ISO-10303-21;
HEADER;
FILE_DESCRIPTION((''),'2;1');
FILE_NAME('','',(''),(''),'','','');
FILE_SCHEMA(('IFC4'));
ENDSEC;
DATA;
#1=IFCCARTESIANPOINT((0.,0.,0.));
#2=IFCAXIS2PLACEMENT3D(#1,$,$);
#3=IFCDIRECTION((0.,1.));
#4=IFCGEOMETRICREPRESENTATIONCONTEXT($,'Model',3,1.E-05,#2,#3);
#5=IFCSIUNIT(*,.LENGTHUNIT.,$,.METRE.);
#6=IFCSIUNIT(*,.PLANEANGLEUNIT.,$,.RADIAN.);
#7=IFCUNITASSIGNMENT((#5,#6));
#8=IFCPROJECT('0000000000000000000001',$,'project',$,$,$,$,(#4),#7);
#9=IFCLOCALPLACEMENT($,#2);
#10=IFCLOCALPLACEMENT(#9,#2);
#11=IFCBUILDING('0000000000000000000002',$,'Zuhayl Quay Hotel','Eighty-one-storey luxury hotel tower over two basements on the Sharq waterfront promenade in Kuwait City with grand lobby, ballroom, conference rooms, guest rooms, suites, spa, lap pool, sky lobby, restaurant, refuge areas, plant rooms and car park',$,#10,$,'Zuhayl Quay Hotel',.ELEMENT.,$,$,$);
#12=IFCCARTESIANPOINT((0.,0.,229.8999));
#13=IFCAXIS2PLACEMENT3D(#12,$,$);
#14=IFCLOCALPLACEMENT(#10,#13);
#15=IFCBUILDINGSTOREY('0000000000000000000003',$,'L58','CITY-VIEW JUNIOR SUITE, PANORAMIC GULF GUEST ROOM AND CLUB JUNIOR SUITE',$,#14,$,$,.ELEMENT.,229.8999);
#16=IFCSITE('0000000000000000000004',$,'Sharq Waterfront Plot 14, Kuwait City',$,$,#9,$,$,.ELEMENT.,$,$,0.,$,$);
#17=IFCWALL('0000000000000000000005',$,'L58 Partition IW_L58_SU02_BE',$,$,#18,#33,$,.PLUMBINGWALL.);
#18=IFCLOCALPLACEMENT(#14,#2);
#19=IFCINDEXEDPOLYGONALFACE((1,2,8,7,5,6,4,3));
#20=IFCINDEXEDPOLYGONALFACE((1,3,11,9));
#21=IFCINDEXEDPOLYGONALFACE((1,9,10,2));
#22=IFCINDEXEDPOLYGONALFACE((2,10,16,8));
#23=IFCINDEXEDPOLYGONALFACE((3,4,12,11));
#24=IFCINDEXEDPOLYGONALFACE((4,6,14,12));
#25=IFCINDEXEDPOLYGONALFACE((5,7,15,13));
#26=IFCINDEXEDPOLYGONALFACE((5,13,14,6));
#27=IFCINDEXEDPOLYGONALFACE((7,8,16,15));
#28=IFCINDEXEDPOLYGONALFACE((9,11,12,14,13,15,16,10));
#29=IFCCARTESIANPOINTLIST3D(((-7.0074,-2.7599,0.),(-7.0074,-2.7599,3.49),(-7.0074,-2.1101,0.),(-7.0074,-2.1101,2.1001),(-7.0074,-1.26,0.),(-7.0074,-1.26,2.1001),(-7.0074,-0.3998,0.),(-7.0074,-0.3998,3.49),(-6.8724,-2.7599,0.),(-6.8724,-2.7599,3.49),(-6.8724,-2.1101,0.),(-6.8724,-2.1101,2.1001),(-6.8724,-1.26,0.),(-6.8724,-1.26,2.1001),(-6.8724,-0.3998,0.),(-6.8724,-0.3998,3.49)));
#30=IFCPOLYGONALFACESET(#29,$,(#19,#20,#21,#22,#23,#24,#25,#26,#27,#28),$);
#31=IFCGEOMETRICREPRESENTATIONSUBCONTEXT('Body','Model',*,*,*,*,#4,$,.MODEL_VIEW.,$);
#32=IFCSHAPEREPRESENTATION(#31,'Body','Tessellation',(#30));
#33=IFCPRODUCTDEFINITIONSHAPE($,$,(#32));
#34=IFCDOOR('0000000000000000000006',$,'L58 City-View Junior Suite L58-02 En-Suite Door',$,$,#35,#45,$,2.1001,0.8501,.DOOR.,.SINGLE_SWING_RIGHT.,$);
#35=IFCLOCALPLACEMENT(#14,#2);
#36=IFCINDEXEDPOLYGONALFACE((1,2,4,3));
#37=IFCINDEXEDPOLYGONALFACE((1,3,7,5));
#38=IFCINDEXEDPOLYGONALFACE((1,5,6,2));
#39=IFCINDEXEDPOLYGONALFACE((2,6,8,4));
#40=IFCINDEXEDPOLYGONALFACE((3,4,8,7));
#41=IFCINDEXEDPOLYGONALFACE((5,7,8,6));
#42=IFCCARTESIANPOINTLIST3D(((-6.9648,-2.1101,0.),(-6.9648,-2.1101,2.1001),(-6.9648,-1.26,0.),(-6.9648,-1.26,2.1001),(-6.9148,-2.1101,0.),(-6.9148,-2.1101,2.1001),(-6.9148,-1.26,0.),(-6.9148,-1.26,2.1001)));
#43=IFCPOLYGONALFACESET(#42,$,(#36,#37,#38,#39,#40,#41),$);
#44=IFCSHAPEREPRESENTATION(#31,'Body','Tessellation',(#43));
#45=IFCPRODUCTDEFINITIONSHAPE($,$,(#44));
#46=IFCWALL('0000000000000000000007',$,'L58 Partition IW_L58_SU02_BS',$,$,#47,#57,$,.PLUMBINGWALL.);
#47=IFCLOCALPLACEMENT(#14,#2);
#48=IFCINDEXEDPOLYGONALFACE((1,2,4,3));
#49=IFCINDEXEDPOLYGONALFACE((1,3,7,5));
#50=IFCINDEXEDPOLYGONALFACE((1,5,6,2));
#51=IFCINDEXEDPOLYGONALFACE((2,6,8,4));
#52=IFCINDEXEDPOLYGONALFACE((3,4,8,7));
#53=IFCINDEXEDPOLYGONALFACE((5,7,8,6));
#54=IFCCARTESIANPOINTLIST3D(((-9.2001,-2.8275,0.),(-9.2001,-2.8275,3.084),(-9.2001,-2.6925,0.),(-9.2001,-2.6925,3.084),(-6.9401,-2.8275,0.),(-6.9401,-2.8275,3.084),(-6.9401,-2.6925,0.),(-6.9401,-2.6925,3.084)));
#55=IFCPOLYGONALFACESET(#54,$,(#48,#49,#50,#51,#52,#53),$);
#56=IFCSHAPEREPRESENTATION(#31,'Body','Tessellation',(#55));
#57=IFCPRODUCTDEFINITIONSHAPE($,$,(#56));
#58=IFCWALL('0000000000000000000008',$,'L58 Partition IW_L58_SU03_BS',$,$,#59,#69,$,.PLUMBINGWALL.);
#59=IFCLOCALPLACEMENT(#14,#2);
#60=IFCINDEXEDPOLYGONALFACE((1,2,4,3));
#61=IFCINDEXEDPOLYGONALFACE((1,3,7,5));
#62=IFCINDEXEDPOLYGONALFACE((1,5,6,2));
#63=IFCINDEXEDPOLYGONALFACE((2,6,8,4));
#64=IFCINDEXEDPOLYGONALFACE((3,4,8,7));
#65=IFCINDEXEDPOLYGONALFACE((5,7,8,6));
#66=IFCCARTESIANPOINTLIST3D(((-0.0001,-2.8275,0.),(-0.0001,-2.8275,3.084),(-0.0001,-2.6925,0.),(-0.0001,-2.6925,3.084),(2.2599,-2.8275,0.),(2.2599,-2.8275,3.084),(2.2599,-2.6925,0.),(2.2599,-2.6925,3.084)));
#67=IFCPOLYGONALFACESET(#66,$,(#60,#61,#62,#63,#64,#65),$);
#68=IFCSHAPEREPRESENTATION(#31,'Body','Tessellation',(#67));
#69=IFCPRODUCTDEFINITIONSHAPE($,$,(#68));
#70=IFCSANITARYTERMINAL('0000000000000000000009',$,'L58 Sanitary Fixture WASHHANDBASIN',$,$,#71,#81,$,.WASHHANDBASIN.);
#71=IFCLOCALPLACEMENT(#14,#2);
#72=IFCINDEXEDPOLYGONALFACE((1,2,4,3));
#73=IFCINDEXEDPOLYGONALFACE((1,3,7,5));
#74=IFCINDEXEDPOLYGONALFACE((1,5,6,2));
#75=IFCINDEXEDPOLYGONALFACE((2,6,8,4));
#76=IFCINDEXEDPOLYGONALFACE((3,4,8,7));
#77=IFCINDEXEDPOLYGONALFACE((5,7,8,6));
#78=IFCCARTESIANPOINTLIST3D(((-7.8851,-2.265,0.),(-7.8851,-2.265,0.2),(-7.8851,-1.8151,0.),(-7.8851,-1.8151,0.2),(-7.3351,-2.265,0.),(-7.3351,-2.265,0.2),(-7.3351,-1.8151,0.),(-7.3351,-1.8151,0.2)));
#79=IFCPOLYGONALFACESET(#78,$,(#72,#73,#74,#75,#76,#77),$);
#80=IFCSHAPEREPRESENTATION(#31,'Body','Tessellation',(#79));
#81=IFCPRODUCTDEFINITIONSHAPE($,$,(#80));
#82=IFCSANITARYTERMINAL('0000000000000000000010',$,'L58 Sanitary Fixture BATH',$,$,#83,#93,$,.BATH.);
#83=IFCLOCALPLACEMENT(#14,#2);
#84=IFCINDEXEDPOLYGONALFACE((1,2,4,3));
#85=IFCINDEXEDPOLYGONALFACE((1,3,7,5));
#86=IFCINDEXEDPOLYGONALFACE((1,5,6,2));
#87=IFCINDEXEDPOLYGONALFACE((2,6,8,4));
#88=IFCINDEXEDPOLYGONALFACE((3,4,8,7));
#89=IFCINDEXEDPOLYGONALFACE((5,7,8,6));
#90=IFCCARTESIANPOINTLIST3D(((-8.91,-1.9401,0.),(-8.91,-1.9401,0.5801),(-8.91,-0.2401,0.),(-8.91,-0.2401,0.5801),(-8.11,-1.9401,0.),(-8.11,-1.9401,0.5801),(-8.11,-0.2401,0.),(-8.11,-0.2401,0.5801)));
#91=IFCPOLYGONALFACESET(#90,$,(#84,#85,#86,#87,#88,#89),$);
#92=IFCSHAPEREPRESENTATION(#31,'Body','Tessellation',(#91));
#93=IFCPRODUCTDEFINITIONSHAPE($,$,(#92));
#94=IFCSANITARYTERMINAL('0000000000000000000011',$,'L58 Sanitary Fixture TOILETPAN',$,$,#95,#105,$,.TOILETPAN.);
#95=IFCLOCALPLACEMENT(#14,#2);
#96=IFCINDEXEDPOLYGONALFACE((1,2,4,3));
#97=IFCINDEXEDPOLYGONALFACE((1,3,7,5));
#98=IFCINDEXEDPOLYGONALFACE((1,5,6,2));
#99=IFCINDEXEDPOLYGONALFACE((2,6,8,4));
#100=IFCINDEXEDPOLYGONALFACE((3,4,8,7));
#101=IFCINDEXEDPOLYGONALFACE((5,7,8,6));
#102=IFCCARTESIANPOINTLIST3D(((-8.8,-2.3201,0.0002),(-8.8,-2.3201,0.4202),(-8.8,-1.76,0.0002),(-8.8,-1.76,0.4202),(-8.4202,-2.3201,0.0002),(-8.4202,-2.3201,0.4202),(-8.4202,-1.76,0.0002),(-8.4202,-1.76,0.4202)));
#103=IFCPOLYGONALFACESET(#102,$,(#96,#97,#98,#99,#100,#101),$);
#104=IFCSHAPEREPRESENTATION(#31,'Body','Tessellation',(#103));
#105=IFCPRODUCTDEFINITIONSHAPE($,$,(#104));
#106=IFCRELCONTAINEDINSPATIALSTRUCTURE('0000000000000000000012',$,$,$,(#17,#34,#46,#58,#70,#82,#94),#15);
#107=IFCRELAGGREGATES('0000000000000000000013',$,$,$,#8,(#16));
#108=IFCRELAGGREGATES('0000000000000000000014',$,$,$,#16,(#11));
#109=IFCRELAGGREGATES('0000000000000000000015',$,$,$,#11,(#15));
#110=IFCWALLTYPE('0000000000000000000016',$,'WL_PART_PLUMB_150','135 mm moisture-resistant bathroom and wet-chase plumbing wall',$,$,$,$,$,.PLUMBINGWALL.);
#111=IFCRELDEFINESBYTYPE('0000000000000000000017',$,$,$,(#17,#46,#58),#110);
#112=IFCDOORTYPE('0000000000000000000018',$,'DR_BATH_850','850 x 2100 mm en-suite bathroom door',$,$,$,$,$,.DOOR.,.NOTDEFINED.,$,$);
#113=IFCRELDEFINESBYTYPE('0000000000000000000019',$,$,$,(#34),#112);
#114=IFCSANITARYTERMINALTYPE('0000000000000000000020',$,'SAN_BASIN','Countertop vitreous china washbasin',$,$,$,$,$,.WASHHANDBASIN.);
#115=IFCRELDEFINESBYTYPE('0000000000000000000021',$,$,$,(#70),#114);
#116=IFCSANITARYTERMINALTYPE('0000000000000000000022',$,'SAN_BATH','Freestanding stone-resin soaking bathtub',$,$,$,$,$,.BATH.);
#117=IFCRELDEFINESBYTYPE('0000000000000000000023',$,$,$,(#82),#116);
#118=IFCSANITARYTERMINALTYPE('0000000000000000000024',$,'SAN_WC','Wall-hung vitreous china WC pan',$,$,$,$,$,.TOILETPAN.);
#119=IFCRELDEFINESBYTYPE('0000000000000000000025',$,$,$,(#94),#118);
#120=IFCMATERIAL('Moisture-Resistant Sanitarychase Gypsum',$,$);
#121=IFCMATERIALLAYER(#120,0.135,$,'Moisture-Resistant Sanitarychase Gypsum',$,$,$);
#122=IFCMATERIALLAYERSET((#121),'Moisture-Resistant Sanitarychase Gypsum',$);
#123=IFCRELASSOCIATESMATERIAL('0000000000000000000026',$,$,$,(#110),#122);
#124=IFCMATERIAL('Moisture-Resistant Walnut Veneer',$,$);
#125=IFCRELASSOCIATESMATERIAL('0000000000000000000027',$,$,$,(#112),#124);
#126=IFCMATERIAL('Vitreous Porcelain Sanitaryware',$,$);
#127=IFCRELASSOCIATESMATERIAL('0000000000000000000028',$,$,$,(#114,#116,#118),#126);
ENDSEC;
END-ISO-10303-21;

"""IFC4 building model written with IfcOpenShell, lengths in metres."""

from ifc_helpers import new_model, si_unit, direction, frame, frame_2d, origin, origin_2d, place, context, subcontext, project, spatial, rectangle, extrude, material, layer, layer_set, type_object, element, fill, save


model = new_model("IFC4")

# Units and contexts
model_context = context("Model", 3, precision=1e-05, world=origin(), true_north=direction((0.0, 1.0)))
body_context = subcontext(model_context, "Body", "Model", "MODEL_VIEW")
ifc_project = project(units=[si_unit("LENGTHUNIT", "METRE"), si_unit("PLANEANGLEUNIT", "RADIAN")], contexts=[model_context])

# Site, building, storey
site_placement = place(None, origin())
site = spatial("IfcSite", under=ifc_project, at=site_placement, Name="Sharq Waterfront Plot 14, Kuwait City", CompositionType="ELEMENT", RefElevation=0.0)
building_placement = place(site_placement, origin())
building = spatial("IfcBuilding", under=site, at=building_placement, Name="Zuhayl Quay Hotel", Description="Eighty-one-storey luxury hotel tower over two basements on the Sharq waterfront promenade in Kuwait City with grand lobby, ballroom, conference rooms, guest rooms, suites, spa, lap pool, sky lobby, restaurant, refuge areas, plant rooms and car park", LongName="Zuhayl Quay Hotel", CompositionType="ELEMENT")
storey_placement = place(building_placement, frame((0.0, 0.0, 229.8999)))
storey = spatial("IfcBuildingStorey", under=building, at=storey_placement, Name="L58", Description="CITY-VIEW JUNIOR SUITE, PANORAMIC GULF GUEST ROOM AND CLUB JUNIOR SUITE", CompositionType="ELEMENT", Elevation=229.8999)

# Wall, opening, door
ifc_material_1 = material(Name="Moisture-Resistant Sanitarychase Gypsum")
ifc_layer_1 = layer(ifc_material_1, 0.135, Name="Moisture-Resistant Sanitarychase Gypsum")
ifc_layer_set_1 = layer_set([ifc_layer_1], Name="Moisture-Resistant Sanitarychase Gypsum")
wall_type_1 = type_object("IfcWallType", Name="WL_PART_PLUMB_150", Description="135 mm moisture-resistant bathroom and wet-chase plumbing wall", PredefinedType="PLUMBINGWALL", material=ifc_layer_set_1)
wall_1_placement = place(storey_placement, frame((-6.9399, -2.76, 0.0), z_axis=(0.0, 0.0, 1.0), x_axis=(0.0, 1.0, 0.0)))
wall_1 = element("IfcWall", 1, at=wall_1_placement, inside=storey, type_object=wall_type_1, Name="L58 Partition IW_L58_SU02_BE", PredefinedType="PLUMBINGWALL", context=body_context, shape_type="SweptSolid", body=[
    extrude(rectangle(XDim=2.3601, YDim=0.135, at=frame_2d((1.1802, 0.0))), origin(), (0.0, 0.0, 1.0), 3.49),
])
opening_1_placement = place(wall_1_placement, frame((0.6499, 0.0, 0.0)))
opening_1 = element("IfcOpeningElement", 2, at=opening_1_placement, cuts=wall_1, PredefinedType="OPENING", context=body_context, shape_type="SweptSolid", body=[
    extrude(rectangle(XDim=0.8501, YDim=2.1001, at=frame_2d((0.425, 1.05))), frame((0.0, 0.0774, 0.0), z_axis=(0.0, -1.0, 0.0), x_axis=(1.0, 0.0, 0.0)), (0.0, 0.0, 1.0), 0.155),
])
ifc_material_2 = material(Name="Moisture-Resistant Walnut Veneer")
door_type_1 = type_object("IfcDoorType", Name="DR_BATH_850", Description="850 x 2100 mm en-suite bathroom door", OperationType="NOTDEFINED", PredefinedType="DOOR", material=ifc_material_2)
door_1_placement = place(opening_1_placement, origin())
door_1 = element("IfcDoor", 3, at=door_1_placement, inside=storey, type_object=door_type_1, Name="L58 City-View Junior Suite L58-02 En-Suite Door", OperationType="SINGLE_SWING_RIGHT", OverallHeight=2.1001, OverallWidth=0.8501, PredefinedType="DOOR", context=body_context, shape_type="SweptSolid", body=[
    extrude(rectangle(XDim=0.8501, YDim=2.1001, at=frame_2d((0.425, 1.05))), frame((0.0, 0.0249, 0.0), z_axis=(0.0, -1.0, 0.0), x_axis=(1.0, 0.0, 0.0)), (0.0, 0.0, 1.0), 0.05),
])
fill(opening_1, door_1)

# Walls
for number, where, z_axis, x_axis, name in (
    (4, (-9.2, -2.76, 0.0), (0.0, 0.0, 1.0), (1.0, 0.0, 0.0), "L58 Partition IW_L58_SU02_BS"),
    (5, (0.0, -2.76, 0.0), (0.0, 0.0, 1.0), (1.0, 0.0, 0.0), "L58 Partition IW_L58_SU03_BS"),
):
    element("IfcWall", number, at=place(storey_placement, frame(where, z_axis=z_axis, x_axis=x_axis)), inside=storey, type_object=wall_type_1, Name=name, PredefinedType="PLUMBINGWALL", context=body_context, shape_type="SweptSolid", body=[
        extrude(rectangle(XDim=2.26, YDim=0.135, at=frame_2d((1.1299, 0.0))), origin(), (0.0, 0.0, 1.0), 3.084),
    ])

# Sanitary terminals
ifc_material_3 = material(Name="Vitreous Porcelain Sanitaryware")
sanitary_terminal_type_1 = type_object("IfcSanitaryTerminalType", Name="SAN_BASIN", Description="Countertop vitreous china washbasin", PredefinedType="WASHHANDBASIN", material=ifc_material_3)
sanitary_terminal_1_placement = place(storey_placement, frame((-7.6101, -2.04, 0.0), z_axis=(0.0, 0.0, 1.0), x_axis=(1.0, 0.0, 0.0)))
element("IfcSanitaryTerminal", 6, at=sanitary_terminal_1_placement, inside=storey, type_object=sanitary_terminal_type_1, Name="L58 Sanitary Fixture WASHHANDBASIN", PredefinedType="WASHHANDBASIN", context=body_context, shape_type="SweptSolid", body=[
    extrude(rectangle(XDim=0.55, YDim=0.45, at=origin_2d()), origin(), (0.0, 0.0, 1.0), 0.2),
])
sanitary_terminal_type_2 = type_object("IfcSanitaryTerminalType", Name="SAN_BATH", Description="Freestanding stone-resin soaking bathtub", PredefinedType="BATH", material=ifc_material_3)
sanitary_terminal_2_placement = place(storey_placement, frame((-8.51, -1.0901, 0.0), z_axis=(0.0, 0.0, 1.0), x_axis=(1.0, 0.0, 0.0)))
element("IfcSanitaryTerminal", 7, at=sanitary_terminal_2_placement, inside=storey, type_object=sanitary_terminal_type_2, Name="L58 Sanitary Fixture BATH", PredefinedType="BATH", context=body_context, shape_type="SweptSolid", body=[
    extrude(rectangle(XDim=0.8, YDim=1.7, at=origin_2d()), origin(), (0.0, 0.0, 1.0), 0.5801),
])
sanitary_terminal_type_3 = type_object("IfcSanitaryTerminalType", Name="SAN_WC", Description="Wall-hung vitreous china WC pan", PredefinedType="TOILETPAN", material=ifc_material_3)
sanitary_terminal_3_placement = place(storey_placement, frame((-8.6101, -2.04, 0.0002), z_axis=(0.0, 0.0, 1.0), x_axis=(1.0, 0.0, 0.0)))
element("IfcSanitaryTerminal", 8, at=sanitary_terminal_3_placement, inside=storey, type_object=sanitary_terminal_type_3, Name="L58 Sanitary Fixture TOILETPAN", PredefinedType="TOILETPAN", context=body_context, shape_type="SweptSolid", body=[
    extrude(rectangle(XDim=0.3799, YDim=0.5601, at=origin_2d()), origin(), (0.0, 0.0, 1.0), 0.4199),
])

save(model, "model.ifc")
